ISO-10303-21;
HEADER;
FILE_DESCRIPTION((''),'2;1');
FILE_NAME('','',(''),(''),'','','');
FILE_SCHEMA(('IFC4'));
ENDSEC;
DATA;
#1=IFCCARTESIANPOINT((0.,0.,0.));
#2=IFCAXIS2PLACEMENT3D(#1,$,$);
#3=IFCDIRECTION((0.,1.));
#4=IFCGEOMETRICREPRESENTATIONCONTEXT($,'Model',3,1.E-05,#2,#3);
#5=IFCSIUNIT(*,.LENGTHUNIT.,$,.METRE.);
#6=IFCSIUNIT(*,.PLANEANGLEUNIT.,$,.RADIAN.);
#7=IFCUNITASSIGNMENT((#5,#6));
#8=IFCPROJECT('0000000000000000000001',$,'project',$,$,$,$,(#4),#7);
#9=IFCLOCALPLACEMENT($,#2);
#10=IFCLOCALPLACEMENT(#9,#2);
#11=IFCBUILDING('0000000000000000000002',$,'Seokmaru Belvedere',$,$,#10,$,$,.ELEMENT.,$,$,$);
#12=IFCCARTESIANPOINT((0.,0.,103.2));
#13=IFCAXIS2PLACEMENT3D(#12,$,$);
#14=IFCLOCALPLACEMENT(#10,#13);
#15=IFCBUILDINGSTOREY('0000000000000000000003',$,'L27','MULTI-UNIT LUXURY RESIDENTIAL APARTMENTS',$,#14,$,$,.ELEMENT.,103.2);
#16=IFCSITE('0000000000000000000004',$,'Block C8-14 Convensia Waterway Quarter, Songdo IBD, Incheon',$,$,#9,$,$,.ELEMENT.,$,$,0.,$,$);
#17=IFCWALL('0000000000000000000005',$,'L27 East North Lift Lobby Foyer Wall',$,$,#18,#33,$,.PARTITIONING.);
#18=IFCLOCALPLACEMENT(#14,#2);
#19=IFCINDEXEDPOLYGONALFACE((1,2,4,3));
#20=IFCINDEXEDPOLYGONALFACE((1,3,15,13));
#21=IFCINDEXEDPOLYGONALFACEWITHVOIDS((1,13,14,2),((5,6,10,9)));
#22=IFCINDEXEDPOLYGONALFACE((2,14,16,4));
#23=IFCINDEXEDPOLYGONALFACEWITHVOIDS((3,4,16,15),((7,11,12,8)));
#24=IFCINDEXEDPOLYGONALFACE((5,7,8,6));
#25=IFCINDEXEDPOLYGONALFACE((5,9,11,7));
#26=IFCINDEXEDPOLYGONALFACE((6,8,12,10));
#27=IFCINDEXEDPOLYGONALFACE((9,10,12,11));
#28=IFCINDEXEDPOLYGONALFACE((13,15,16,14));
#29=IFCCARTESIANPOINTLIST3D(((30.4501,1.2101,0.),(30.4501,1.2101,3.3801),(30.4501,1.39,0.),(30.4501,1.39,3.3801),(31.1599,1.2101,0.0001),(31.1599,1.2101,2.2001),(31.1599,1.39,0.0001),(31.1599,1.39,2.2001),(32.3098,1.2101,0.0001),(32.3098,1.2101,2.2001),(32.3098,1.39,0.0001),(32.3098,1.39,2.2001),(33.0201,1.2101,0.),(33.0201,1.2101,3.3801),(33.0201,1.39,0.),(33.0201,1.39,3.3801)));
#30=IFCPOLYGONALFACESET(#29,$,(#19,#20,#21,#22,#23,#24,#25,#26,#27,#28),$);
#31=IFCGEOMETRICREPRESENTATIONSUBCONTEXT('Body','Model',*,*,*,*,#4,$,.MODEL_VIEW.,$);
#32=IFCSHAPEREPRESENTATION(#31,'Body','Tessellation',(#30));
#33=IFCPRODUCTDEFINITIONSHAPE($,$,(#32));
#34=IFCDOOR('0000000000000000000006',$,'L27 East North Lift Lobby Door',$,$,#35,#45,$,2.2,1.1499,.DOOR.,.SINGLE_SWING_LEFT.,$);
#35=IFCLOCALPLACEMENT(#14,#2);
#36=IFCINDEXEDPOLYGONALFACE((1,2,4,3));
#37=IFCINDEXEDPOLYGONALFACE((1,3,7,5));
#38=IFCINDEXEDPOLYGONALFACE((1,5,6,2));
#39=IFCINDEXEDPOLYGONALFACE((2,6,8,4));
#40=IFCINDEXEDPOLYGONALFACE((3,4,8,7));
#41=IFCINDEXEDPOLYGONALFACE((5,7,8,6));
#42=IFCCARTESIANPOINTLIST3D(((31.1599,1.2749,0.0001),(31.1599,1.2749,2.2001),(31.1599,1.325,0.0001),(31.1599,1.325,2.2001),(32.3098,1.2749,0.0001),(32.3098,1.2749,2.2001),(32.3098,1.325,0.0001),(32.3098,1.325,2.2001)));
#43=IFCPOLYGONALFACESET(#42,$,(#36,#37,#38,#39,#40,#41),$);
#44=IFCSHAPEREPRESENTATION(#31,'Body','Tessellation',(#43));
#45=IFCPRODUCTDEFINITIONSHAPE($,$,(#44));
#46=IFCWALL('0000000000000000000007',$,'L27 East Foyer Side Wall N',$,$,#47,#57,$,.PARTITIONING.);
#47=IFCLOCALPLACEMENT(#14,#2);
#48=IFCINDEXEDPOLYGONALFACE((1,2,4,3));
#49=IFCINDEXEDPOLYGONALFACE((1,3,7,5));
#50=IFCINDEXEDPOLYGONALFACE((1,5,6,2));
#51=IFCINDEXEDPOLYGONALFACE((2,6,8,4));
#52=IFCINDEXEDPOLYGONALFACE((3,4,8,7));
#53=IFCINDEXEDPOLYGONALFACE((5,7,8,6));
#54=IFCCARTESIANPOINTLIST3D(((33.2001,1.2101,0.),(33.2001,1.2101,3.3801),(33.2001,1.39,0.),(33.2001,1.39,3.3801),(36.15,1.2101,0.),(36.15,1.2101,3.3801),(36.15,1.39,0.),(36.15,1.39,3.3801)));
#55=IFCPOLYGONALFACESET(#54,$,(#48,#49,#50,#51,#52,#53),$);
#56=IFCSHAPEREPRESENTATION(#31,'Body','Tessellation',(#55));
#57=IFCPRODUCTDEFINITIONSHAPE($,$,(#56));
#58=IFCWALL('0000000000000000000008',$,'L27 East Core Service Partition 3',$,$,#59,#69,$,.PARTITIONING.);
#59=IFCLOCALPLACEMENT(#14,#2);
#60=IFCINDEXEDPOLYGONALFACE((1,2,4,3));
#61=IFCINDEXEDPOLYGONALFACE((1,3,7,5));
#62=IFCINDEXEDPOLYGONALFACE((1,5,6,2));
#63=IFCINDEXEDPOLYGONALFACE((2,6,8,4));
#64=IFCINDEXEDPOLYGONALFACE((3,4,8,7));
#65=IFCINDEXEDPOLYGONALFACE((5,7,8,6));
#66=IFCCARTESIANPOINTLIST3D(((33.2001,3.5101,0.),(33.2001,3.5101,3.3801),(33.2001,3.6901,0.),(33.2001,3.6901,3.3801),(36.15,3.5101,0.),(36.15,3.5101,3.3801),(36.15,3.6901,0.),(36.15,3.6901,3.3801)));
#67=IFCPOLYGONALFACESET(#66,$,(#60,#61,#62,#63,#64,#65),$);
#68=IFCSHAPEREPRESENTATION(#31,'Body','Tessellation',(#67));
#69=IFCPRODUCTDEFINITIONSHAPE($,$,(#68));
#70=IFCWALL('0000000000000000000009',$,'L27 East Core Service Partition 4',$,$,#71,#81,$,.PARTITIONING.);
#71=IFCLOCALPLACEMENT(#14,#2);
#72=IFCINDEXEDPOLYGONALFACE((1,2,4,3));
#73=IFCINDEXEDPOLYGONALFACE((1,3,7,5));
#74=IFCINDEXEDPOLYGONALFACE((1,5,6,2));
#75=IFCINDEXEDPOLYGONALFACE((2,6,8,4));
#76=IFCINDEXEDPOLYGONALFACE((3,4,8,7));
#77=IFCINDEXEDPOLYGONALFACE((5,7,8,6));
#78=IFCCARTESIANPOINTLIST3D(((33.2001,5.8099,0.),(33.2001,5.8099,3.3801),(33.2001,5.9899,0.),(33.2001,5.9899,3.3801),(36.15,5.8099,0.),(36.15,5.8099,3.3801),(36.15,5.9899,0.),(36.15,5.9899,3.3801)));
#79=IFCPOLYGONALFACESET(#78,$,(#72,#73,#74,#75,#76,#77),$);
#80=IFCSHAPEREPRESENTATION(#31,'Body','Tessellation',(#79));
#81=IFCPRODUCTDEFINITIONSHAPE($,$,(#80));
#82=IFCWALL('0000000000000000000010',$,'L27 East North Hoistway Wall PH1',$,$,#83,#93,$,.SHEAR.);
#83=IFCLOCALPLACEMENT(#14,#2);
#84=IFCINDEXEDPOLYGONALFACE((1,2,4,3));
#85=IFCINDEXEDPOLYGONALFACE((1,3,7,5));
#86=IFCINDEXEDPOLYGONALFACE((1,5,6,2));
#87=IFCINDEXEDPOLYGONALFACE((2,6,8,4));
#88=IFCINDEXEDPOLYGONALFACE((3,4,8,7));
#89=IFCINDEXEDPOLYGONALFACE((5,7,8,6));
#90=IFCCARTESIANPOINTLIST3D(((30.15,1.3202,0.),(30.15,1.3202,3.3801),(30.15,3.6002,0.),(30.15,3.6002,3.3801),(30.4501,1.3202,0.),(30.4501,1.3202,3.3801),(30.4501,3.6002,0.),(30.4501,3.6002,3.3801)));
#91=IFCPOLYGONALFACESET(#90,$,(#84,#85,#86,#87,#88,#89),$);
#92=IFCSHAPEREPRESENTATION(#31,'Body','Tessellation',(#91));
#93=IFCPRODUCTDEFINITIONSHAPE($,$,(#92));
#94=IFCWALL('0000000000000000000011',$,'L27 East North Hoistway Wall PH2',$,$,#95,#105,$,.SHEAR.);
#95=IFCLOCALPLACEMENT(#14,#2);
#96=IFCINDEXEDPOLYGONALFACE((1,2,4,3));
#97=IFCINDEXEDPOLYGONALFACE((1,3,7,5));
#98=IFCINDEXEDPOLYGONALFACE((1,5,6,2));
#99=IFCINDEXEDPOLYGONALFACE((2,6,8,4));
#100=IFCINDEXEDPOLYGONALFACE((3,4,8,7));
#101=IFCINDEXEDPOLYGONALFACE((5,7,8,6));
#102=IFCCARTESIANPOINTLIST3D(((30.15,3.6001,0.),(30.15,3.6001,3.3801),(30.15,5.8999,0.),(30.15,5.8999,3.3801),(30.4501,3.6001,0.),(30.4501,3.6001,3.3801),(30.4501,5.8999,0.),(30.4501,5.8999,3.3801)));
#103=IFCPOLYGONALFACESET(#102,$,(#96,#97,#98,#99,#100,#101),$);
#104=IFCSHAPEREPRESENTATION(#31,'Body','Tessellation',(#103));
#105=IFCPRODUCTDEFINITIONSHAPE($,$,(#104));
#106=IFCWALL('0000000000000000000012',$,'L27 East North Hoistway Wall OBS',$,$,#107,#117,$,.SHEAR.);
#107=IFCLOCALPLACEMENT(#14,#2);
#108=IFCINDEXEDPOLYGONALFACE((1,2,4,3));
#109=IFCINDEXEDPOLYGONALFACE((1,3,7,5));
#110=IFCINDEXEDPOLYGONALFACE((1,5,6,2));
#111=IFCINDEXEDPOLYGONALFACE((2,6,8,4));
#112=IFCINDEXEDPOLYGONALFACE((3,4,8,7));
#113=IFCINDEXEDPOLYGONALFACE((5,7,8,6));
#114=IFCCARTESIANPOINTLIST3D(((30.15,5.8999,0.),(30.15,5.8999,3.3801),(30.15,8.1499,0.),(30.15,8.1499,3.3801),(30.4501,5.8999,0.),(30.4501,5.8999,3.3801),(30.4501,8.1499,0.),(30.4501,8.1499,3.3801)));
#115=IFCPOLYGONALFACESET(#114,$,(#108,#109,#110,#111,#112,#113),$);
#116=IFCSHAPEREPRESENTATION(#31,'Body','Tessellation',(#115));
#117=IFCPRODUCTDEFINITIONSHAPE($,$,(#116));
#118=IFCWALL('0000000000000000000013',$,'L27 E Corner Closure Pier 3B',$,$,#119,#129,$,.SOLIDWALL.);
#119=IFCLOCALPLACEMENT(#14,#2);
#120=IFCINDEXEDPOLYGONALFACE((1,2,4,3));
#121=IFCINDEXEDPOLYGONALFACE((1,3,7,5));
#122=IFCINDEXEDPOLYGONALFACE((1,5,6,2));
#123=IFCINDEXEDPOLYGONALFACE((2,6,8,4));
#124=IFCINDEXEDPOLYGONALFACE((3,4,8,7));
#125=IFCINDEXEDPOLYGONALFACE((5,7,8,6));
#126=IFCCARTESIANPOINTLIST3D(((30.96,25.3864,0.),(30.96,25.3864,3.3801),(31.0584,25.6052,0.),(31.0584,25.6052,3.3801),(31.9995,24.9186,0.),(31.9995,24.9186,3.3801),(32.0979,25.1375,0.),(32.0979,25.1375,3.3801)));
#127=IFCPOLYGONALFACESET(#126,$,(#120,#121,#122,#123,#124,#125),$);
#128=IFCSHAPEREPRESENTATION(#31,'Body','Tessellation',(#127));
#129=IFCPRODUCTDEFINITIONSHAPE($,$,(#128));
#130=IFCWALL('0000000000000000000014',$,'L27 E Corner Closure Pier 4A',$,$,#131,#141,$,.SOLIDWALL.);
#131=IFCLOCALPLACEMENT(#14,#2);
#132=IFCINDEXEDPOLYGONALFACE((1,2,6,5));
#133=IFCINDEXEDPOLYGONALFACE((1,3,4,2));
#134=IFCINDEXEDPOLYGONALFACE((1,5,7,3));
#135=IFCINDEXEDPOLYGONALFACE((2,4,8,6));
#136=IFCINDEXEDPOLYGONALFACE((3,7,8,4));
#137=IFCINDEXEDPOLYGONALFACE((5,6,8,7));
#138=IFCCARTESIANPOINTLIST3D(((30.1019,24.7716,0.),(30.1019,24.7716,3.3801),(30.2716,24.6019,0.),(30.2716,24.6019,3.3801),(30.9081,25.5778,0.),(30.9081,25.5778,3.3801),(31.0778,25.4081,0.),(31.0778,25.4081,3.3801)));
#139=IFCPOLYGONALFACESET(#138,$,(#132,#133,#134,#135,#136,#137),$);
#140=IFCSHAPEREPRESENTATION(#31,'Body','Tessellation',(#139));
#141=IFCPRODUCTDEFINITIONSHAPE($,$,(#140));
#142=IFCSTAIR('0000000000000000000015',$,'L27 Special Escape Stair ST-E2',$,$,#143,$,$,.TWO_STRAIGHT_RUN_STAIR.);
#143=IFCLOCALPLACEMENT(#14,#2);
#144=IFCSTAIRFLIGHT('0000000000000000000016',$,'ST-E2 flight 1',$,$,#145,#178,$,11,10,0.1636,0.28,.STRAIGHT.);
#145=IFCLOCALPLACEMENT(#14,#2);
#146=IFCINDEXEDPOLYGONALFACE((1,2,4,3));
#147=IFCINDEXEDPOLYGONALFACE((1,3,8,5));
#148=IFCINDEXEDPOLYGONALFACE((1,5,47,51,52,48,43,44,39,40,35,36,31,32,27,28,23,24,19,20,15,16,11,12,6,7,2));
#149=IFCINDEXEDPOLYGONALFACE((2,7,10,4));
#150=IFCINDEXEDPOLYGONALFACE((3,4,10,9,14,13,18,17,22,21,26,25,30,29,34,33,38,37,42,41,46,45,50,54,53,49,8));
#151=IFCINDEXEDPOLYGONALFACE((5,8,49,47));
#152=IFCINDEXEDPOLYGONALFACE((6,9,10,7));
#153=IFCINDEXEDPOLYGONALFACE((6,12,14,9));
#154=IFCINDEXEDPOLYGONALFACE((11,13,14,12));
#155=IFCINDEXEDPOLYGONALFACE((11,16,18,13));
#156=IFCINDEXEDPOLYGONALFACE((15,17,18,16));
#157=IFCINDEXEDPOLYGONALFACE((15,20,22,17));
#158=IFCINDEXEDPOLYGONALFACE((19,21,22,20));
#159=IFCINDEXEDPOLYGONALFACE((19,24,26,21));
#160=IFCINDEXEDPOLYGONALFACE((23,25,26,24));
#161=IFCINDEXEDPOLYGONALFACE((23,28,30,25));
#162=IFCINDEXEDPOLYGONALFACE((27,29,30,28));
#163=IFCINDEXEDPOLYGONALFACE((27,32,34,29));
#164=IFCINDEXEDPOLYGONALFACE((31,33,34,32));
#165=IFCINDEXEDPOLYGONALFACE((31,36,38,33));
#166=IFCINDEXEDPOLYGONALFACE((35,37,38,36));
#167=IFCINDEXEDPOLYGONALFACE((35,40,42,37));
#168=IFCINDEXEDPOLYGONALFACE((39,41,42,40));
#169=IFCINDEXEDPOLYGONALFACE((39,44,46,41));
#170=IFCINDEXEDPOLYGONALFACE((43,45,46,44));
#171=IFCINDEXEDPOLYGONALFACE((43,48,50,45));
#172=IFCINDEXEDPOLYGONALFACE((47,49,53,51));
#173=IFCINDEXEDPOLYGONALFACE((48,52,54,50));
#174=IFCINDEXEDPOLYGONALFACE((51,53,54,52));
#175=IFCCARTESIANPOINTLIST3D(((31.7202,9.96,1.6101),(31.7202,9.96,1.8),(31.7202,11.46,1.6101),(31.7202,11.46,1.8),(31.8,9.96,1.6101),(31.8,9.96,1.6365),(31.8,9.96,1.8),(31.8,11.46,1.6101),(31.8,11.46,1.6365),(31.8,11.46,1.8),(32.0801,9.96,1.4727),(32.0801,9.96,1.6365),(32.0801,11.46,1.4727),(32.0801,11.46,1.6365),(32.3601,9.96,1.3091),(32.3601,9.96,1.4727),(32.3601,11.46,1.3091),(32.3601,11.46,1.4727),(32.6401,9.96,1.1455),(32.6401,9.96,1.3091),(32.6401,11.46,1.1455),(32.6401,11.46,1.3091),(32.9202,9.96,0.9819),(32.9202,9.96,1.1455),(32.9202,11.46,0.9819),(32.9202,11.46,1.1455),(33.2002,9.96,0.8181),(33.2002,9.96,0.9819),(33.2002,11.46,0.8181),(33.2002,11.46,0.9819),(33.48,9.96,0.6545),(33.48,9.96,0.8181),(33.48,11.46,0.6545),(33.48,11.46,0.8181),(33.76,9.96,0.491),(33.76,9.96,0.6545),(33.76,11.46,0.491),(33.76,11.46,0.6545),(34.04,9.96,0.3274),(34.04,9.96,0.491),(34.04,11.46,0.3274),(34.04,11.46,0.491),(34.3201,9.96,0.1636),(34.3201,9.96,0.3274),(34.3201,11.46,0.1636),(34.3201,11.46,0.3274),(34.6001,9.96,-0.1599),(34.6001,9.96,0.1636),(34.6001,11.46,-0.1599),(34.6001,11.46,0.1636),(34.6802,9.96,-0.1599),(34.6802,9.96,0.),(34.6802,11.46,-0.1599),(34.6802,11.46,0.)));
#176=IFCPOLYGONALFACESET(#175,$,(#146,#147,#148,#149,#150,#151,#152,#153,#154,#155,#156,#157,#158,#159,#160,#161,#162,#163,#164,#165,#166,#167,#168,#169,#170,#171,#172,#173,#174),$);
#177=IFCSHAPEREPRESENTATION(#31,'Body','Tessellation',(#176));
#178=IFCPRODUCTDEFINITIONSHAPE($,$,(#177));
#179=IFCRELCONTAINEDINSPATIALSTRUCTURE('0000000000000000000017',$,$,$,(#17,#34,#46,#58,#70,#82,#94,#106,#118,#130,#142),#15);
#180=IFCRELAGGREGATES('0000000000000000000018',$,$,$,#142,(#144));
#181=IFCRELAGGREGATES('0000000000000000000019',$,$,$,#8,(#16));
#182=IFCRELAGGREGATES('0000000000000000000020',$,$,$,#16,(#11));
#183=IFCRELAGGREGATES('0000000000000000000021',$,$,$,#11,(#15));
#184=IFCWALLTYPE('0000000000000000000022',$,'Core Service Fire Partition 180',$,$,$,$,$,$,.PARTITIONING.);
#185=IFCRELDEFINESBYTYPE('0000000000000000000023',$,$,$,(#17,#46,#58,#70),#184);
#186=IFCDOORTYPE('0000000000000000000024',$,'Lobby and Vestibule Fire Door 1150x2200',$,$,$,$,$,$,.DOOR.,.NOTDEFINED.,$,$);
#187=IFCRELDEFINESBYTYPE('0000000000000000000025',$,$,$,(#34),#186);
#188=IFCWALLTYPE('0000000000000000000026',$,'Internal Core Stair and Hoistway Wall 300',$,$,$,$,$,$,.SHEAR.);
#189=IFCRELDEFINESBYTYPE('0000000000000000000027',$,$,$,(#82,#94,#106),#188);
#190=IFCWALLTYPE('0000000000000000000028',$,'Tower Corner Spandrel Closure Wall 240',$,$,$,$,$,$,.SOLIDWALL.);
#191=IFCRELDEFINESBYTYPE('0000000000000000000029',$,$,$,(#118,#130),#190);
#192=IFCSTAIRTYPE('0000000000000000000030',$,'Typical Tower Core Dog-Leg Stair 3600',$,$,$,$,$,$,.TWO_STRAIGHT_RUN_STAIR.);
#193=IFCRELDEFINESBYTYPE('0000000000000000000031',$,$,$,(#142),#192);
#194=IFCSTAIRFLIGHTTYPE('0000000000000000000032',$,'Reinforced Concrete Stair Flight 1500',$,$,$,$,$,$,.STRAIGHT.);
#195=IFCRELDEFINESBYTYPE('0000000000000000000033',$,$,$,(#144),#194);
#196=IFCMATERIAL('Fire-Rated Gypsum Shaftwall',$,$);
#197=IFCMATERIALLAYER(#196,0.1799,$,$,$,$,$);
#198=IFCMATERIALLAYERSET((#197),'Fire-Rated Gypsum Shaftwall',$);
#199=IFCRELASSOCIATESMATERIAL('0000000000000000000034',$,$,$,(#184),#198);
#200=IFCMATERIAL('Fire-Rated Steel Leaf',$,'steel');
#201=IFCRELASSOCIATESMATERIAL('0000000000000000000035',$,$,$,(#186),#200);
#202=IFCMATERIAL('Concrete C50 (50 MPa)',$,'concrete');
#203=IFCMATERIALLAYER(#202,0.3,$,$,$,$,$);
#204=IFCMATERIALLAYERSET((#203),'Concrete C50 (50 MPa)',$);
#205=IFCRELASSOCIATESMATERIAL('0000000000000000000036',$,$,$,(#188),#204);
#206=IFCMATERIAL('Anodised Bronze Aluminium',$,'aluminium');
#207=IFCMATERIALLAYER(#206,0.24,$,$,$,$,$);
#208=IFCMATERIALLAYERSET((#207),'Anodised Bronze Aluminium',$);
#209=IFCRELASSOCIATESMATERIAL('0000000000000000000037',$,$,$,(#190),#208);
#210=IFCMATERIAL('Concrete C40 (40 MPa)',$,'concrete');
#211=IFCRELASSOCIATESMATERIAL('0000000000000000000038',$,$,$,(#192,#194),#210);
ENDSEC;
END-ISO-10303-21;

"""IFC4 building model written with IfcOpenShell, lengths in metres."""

from ifc_helpers import new_model, si_unit, direction, frame, frame_2d, origin, place, context, subcontext, project, spatial, polyline, rectangle, outline, extrude, source, transform, mapped, material, layer, layer_set, type_object, type_shapes, element, fill, aggregate, save


model = new_model("IFC4")

# Units and contexts
model_context = context("Model", 3, precision=1e-05, world=origin(), true_north=direction((0.0, 1.0)))
body_context = subcontext(model_context, "Body", "Model", "MODEL_VIEW")
ifc_project = project(units=[si_unit("LENGTHUNIT", "METRE"), si_unit("PLANEANGLEUNIT", "RADIAN")], contexts=[model_context])

# Site, building, storey
site_placement = place(None, origin())
site = spatial("IfcSite", under=ifc_project, at=site_placement, Name="Block C8-14 Convensia Waterway Quarter, Songdo IBD, Incheon", CompositionType="ELEMENT", RefElevation=0.0)
building_placement = place(site_placement, origin())
building = spatial("IfcBuilding", under=site, at=building_placement, Name="Seokmaru Belvedere", CompositionType="ELEMENT")
storey_placement = place(building_placement, frame((0.0, 0.0, 103.2)))
storey = spatial("IfcBuildingStorey", under=building, at=storey_placement, Name="L27", Description="MULTI-UNIT LUXURY RESIDENTIAL APARTMENTS", CompositionType="ELEMENT", Elevation=103.2)

# Shared definitions
ifc_material_1 = material(Name="Anodised Bronze Aluminium", Category="aluminium")

# Shared definitions
ifc_material_2 = material(Name="Fire-Rated Gypsum Shaftwall")
ifc_layer_1 = layer(ifc_material_2, 0.1799)
ifc_layer_set_1 = layer_set([ifc_layer_1], Name="Fire-Rated Gypsum Shaftwall")
wall_type_1 = type_object("IfcWallType", Name="Core Service Fire Partition 180", PredefinedType="PARTITIONING", material=ifc_layer_set_1)

# Wall, opening, door
wall_1_placement = place(storey_placement, frame((30.45, 1.3, 0.0), z_axis=(0.0, 0.0, 1.0), x_axis=(1.0, 0.0, 0.0)))
wall_1 = element("IfcWall", 1, at=wall_1_placement, inside=storey, type_object=wall_type_1, Name="L27 East North Lift Lobby Foyer Wall", PredefinedType="PARTITIONING", context=body_context, shape_type="SweptSolid", body=[
    extrude(rectangle(XDim=2.5701, YDim=0.1799, at=frame_2d((1.2852, 0.0))), origin(), (0.0, 0.0, 1.0), 3.3801),
])
opening_1_placement = place(wall_1_placement, frame((0.71, 0.0, 0.0)))
opening_1 = element("IfcOpeningElement", 2, at=opening_1_placement, cuts=wall_1, PredefinedType="OPENING", context=body_context, shape_type="SweptSolid", body=[
    extrude(rectangle(XDim=1.1499, YDim=2.2, at=frame_2d((0.575, 1.1001))), frame((0.0, 0.1001, 0.0), z_axis=(0.0, -1.0, 0.0), x_axis=(1.0, 0.0, 0.0)), (0.0, 0.0, 1.0), 0.2),
])
ifc_material_3 = material(Name="Fire-Rated Steel Leaf", Category="steel")
door_type_1 = type_object("IfcDoorType", Name="Lobby and Vestibule Fire Door 1150x2200", OperationType="NOTDEFINED", PredefinedType="DOOR", material=ifc_material_3)
shared_shape_1 = source(origin(), body_context, "Body", "SweptSolid", [
    extrude(rectangle(XDim=1.1499, YDim=2.2, at=frame_2d((0.575, 1.1001))), frame((0.0, 0.0249, 0.0), z_axis=(0.0, -1.0, 0.0), x_axis=(1.0, 0.0, 0.0)), (0.0, 0.0, 1.0), 0.05),
])
type_shapes(door_type_1, [shared_shape_1])
door_1_placement = place(opening_1_placement, origin())
door_1 = element("IfcDoor", 3, at=door_1_placement, inside=storey, type_object=door_type_1, Name="L27 East North Lift Lobby Door", OperationType="SINGLE_SWING_LEFT", OverallHeight=2.2, OverallWidth=1.1499, PredefinedType="DOOR", context=body_context, shape_type="MappedRepresentation", body=[
    mapped(shared_shape_1, transform((0.0, 0.0, 0.0), scale=1.0)),
])
fill(opening_1, door_1)

# Walls
for number, where, z_axis, x_axis, name in (
    (4, (33.2, 1.3, 0.0), (0.0, 0.0, 1.0), (1.0, 0.0, 0.0), "L27 East Foyer Side Wall N"),
    (5, (33.2, 3.6001, 0.0), (0.0, 0.0, 1.0), (1.0, 0.0, 0.0), "L27 East Core Service Partition 3"),
    (6, (33.2, 5.8999, 0.0), (0.0, 0.0, 1.0), (1.0, 0.0, 0.0), "L27 East Core Service Partition 4"),
):
    element("IfcWall", number, at=place(storey_placement, frame(where, z_axis=z_axis, x_axis=x_axis)), inside=storey, type_object=wall_type_1, Name=name, PredefinedType="PARTITIONING", context=body_context, shape_type="SweptSolid", body=[
        extrude(rectangle(XDim=2.95, YDim=0.1799, at=frame_2d((1.4751, 0.0))), origin(), (0.0, 0.0, 1.0), 3.3801),
    ])
ifc_material_4 = material(Name="Concrete C50 (50 MPa)", Category="concrete")
ifc_layer_2 = layer(ifc_material_4, 0.3)
ifc_layer_set_2 = layer_set([ifc_layer_2], Name="Concrete C50 (50 MPa)")
wall_type_2 = type_object("IfcWallType", Name="Internal Core Stair and Hoistway Wall 300", PredefinedType="SHEAR", material=ifc_layer_set_2)
wall_2_placement = place(storey_placement, frame((30.3, 1.3201, 0.0), z_axis=(0.0, 0.0, 1.0), x_axis=(0.0, 1.0, 0.0)))
element("IfcWall", 7, at=wall_2_placement, inside=storey, type_object=wall_type_2, Name="L27 East North Hoistway Wall PH1", PredefinedType="SHEAR", context=body_context, shape_type="SweptSolid", body=[
    extrude(rectangle(XDim=2.28, YDim=0.3, at=frame_2d((1.1401, 0.0))), origin(), (0.0, 0.0, 1.0), 3.3801),
])
wall_3_placement = place(storey_placement, frame((30.3, 3.6001, 0.0), z_axis=(0.0, 0.0, 1.0), x_axis=(0.0, 1.0, 0.0)))
element("IfcWall", 8, at=wall_3_placement, inside=storey, type_object=wall_type_2, Name="L27 East North Hoistway Wall PH2", PredefinedType="SHEAR", context=body_context, shape_type="SweptSolid", body=[
    extrude(rectangle(XDim=2.2998, YDim=0.3, at=frame_2d((1.1499, 0.0))), origin(), (0.0, 0.0, 1.0), 3.3801),
])
wall_4_placement = place(storey_placement, frame((30.3, 5.8999, 0.0), z_axis=(0.0, 0.0, 1.0), x_axis=(0.0, 1.0, 0.0)))
element("IfcWall", 9, at=wall_4_placement, inside=storey, type_object=wall_type_2, Name="L27 East North Hoistway Wall OBS", PredefinedType="SHEAR", context=body_context, shape_type="SweptSolid", body=[
    extrude(rectangle(XDim=2.25, YDim=0.3, at=frame_2d((1.125, 0.0))), origin(), (0.0, 0.0, 1.0), 3.3801),
])

# Walls
ifc_layer_3 = layer(ifc_material_1, 0.24)
ifc_layer_set_3 = layer_set([ifc_layer_3], Name="Anodised Bronze Aluminium")
wall_type_3 = type_object("IfcWallType", Name="Tower Corner Spandrel Closure Wall 240", PredefinedType="SOLIDWALL", material=ifc_layer_set_3)
wall_5_placement = place(storey_placement, frame((32.0486, 25.0281, 0.0), z_axis=(0.0, 0.0, 1.0), x_axis=(-0.91193, 0.410347, 0.0)))
element("IfcWall", 10, at=wall_5_placement, inside=storey, type_object=wall_type_3, Name="L27 E Corner Closure Pier 3B", PredefinedType="SOLIDWALL", context=body_context, shape_type="SweptSolid", body=[
    extrude(rectangle(XDim=1.1399, YDim=0.24, at=frame_2d((0.5698, 0.0))), origin(), (0.0, 0.0, 1.0), 3.3801),
])
wall_6_placement = place(storey_placement, frame((30.9929, 25.4929, 0.0), z_axis=(0.0, 0.0, 1.0), x_axis=(-0.707107, -0.707107, 0.0)))
element("IfcWall", 11, at=wall_6_placement, inside=storey, type_object=wall_type_3, Name="L27 E Corner Closure Pier 4A", PredefinedType="SOLIDWALL", context=body_context, shape_type="SweptSolid", body=[
    extrude(rectangle(XDim=1.1401, YDim=0.24, at=frame_2d((0.5701, 0.0))), origin(), (0.0, 0.0, 1.0), 3.3801),
])

# Stair, stair flight
ifc_material_5 = material(Name="Concrete C40 (40 MPa)", Category="concrete")
stair_type = type_object("IfcStairType", Name="Typical Tower Core Dog-Leg Stair 3600", PredefinedType="TWO_STRAIGHT_RUN_STAIR", material=ifc_material_5)
stair_placement = place(storey_placement, origin())
stair = element("IfcStair", 12, at=stair_placement, inside=storey, type_object=stair_type, Name="L27 Special Escape Stair ST-E2", PredefinedType="TWO_STRAIGHT_RUN_STAIR")
stair_flight_type = type_object("IfcStairFlightType", Name="Reinforced Concrete Stair Flight 1500", PredefinedType="STRAIGHT", material=ifc_material_5)
stair_flight_1_placement = place(storey_placement, frame((34.6001, 10.71, 0.0), z_axis=(0.0, 0.0, 1.0), x_axis=(-1.0, 0.0, 0.0)))
stair_flight_1 = element("IfcStairFlight", 13, at=stair_flight_1_placement, type_object=stair_flight_type, Name="ST-E2 flight 1", NumberOfRisers=11, NumberOfTreads=10, PredefinedType="STRAIGHT", RiserHeight=0.1636, TreadLength=0.28, context=body_context, shape_type="SweptSolid", body=[
    extrude(outline(polyline([(-0.0801, 0.0), (0.0, 0.1636), (0.28, 0.1636), (0.28, 0.3274), (0.5601, 0.3274), (0.5601, 0.491), (0.8401, 0.491), (0.8401, 0.6545), (1.1201, 0.6545), (1.1201, 0.8181), (1.3999, 0.8181), (1.3999, 0.9819), (1.6799, 0.9819), (1.6799, 1.1455), (1.96, 1.1455), (1.96, 1.3091), (2.24, 1.3091), (2.24, 1.4727), (2.52, 1.4727), (2.52, 1.6365), (2.8, 1.6365), (2.8, 1.8), (2.8799, 1.8), (2.8799, 1.6101), (2.8, 1.6101), (0.0, -0.1599), (-0.0801, -0.1599), (-0.0801, 0.0)])), frame((0.0, 0.75, 0.0), z_axis=(0.0, -1.0, 0.0), x_axis=(1.0, 0.0, 0.0)), (0.0, 0.0, 1.0), 1.5),
])
aggregate(stair, [stair_flight_1])

save(model, "model.ifc")
